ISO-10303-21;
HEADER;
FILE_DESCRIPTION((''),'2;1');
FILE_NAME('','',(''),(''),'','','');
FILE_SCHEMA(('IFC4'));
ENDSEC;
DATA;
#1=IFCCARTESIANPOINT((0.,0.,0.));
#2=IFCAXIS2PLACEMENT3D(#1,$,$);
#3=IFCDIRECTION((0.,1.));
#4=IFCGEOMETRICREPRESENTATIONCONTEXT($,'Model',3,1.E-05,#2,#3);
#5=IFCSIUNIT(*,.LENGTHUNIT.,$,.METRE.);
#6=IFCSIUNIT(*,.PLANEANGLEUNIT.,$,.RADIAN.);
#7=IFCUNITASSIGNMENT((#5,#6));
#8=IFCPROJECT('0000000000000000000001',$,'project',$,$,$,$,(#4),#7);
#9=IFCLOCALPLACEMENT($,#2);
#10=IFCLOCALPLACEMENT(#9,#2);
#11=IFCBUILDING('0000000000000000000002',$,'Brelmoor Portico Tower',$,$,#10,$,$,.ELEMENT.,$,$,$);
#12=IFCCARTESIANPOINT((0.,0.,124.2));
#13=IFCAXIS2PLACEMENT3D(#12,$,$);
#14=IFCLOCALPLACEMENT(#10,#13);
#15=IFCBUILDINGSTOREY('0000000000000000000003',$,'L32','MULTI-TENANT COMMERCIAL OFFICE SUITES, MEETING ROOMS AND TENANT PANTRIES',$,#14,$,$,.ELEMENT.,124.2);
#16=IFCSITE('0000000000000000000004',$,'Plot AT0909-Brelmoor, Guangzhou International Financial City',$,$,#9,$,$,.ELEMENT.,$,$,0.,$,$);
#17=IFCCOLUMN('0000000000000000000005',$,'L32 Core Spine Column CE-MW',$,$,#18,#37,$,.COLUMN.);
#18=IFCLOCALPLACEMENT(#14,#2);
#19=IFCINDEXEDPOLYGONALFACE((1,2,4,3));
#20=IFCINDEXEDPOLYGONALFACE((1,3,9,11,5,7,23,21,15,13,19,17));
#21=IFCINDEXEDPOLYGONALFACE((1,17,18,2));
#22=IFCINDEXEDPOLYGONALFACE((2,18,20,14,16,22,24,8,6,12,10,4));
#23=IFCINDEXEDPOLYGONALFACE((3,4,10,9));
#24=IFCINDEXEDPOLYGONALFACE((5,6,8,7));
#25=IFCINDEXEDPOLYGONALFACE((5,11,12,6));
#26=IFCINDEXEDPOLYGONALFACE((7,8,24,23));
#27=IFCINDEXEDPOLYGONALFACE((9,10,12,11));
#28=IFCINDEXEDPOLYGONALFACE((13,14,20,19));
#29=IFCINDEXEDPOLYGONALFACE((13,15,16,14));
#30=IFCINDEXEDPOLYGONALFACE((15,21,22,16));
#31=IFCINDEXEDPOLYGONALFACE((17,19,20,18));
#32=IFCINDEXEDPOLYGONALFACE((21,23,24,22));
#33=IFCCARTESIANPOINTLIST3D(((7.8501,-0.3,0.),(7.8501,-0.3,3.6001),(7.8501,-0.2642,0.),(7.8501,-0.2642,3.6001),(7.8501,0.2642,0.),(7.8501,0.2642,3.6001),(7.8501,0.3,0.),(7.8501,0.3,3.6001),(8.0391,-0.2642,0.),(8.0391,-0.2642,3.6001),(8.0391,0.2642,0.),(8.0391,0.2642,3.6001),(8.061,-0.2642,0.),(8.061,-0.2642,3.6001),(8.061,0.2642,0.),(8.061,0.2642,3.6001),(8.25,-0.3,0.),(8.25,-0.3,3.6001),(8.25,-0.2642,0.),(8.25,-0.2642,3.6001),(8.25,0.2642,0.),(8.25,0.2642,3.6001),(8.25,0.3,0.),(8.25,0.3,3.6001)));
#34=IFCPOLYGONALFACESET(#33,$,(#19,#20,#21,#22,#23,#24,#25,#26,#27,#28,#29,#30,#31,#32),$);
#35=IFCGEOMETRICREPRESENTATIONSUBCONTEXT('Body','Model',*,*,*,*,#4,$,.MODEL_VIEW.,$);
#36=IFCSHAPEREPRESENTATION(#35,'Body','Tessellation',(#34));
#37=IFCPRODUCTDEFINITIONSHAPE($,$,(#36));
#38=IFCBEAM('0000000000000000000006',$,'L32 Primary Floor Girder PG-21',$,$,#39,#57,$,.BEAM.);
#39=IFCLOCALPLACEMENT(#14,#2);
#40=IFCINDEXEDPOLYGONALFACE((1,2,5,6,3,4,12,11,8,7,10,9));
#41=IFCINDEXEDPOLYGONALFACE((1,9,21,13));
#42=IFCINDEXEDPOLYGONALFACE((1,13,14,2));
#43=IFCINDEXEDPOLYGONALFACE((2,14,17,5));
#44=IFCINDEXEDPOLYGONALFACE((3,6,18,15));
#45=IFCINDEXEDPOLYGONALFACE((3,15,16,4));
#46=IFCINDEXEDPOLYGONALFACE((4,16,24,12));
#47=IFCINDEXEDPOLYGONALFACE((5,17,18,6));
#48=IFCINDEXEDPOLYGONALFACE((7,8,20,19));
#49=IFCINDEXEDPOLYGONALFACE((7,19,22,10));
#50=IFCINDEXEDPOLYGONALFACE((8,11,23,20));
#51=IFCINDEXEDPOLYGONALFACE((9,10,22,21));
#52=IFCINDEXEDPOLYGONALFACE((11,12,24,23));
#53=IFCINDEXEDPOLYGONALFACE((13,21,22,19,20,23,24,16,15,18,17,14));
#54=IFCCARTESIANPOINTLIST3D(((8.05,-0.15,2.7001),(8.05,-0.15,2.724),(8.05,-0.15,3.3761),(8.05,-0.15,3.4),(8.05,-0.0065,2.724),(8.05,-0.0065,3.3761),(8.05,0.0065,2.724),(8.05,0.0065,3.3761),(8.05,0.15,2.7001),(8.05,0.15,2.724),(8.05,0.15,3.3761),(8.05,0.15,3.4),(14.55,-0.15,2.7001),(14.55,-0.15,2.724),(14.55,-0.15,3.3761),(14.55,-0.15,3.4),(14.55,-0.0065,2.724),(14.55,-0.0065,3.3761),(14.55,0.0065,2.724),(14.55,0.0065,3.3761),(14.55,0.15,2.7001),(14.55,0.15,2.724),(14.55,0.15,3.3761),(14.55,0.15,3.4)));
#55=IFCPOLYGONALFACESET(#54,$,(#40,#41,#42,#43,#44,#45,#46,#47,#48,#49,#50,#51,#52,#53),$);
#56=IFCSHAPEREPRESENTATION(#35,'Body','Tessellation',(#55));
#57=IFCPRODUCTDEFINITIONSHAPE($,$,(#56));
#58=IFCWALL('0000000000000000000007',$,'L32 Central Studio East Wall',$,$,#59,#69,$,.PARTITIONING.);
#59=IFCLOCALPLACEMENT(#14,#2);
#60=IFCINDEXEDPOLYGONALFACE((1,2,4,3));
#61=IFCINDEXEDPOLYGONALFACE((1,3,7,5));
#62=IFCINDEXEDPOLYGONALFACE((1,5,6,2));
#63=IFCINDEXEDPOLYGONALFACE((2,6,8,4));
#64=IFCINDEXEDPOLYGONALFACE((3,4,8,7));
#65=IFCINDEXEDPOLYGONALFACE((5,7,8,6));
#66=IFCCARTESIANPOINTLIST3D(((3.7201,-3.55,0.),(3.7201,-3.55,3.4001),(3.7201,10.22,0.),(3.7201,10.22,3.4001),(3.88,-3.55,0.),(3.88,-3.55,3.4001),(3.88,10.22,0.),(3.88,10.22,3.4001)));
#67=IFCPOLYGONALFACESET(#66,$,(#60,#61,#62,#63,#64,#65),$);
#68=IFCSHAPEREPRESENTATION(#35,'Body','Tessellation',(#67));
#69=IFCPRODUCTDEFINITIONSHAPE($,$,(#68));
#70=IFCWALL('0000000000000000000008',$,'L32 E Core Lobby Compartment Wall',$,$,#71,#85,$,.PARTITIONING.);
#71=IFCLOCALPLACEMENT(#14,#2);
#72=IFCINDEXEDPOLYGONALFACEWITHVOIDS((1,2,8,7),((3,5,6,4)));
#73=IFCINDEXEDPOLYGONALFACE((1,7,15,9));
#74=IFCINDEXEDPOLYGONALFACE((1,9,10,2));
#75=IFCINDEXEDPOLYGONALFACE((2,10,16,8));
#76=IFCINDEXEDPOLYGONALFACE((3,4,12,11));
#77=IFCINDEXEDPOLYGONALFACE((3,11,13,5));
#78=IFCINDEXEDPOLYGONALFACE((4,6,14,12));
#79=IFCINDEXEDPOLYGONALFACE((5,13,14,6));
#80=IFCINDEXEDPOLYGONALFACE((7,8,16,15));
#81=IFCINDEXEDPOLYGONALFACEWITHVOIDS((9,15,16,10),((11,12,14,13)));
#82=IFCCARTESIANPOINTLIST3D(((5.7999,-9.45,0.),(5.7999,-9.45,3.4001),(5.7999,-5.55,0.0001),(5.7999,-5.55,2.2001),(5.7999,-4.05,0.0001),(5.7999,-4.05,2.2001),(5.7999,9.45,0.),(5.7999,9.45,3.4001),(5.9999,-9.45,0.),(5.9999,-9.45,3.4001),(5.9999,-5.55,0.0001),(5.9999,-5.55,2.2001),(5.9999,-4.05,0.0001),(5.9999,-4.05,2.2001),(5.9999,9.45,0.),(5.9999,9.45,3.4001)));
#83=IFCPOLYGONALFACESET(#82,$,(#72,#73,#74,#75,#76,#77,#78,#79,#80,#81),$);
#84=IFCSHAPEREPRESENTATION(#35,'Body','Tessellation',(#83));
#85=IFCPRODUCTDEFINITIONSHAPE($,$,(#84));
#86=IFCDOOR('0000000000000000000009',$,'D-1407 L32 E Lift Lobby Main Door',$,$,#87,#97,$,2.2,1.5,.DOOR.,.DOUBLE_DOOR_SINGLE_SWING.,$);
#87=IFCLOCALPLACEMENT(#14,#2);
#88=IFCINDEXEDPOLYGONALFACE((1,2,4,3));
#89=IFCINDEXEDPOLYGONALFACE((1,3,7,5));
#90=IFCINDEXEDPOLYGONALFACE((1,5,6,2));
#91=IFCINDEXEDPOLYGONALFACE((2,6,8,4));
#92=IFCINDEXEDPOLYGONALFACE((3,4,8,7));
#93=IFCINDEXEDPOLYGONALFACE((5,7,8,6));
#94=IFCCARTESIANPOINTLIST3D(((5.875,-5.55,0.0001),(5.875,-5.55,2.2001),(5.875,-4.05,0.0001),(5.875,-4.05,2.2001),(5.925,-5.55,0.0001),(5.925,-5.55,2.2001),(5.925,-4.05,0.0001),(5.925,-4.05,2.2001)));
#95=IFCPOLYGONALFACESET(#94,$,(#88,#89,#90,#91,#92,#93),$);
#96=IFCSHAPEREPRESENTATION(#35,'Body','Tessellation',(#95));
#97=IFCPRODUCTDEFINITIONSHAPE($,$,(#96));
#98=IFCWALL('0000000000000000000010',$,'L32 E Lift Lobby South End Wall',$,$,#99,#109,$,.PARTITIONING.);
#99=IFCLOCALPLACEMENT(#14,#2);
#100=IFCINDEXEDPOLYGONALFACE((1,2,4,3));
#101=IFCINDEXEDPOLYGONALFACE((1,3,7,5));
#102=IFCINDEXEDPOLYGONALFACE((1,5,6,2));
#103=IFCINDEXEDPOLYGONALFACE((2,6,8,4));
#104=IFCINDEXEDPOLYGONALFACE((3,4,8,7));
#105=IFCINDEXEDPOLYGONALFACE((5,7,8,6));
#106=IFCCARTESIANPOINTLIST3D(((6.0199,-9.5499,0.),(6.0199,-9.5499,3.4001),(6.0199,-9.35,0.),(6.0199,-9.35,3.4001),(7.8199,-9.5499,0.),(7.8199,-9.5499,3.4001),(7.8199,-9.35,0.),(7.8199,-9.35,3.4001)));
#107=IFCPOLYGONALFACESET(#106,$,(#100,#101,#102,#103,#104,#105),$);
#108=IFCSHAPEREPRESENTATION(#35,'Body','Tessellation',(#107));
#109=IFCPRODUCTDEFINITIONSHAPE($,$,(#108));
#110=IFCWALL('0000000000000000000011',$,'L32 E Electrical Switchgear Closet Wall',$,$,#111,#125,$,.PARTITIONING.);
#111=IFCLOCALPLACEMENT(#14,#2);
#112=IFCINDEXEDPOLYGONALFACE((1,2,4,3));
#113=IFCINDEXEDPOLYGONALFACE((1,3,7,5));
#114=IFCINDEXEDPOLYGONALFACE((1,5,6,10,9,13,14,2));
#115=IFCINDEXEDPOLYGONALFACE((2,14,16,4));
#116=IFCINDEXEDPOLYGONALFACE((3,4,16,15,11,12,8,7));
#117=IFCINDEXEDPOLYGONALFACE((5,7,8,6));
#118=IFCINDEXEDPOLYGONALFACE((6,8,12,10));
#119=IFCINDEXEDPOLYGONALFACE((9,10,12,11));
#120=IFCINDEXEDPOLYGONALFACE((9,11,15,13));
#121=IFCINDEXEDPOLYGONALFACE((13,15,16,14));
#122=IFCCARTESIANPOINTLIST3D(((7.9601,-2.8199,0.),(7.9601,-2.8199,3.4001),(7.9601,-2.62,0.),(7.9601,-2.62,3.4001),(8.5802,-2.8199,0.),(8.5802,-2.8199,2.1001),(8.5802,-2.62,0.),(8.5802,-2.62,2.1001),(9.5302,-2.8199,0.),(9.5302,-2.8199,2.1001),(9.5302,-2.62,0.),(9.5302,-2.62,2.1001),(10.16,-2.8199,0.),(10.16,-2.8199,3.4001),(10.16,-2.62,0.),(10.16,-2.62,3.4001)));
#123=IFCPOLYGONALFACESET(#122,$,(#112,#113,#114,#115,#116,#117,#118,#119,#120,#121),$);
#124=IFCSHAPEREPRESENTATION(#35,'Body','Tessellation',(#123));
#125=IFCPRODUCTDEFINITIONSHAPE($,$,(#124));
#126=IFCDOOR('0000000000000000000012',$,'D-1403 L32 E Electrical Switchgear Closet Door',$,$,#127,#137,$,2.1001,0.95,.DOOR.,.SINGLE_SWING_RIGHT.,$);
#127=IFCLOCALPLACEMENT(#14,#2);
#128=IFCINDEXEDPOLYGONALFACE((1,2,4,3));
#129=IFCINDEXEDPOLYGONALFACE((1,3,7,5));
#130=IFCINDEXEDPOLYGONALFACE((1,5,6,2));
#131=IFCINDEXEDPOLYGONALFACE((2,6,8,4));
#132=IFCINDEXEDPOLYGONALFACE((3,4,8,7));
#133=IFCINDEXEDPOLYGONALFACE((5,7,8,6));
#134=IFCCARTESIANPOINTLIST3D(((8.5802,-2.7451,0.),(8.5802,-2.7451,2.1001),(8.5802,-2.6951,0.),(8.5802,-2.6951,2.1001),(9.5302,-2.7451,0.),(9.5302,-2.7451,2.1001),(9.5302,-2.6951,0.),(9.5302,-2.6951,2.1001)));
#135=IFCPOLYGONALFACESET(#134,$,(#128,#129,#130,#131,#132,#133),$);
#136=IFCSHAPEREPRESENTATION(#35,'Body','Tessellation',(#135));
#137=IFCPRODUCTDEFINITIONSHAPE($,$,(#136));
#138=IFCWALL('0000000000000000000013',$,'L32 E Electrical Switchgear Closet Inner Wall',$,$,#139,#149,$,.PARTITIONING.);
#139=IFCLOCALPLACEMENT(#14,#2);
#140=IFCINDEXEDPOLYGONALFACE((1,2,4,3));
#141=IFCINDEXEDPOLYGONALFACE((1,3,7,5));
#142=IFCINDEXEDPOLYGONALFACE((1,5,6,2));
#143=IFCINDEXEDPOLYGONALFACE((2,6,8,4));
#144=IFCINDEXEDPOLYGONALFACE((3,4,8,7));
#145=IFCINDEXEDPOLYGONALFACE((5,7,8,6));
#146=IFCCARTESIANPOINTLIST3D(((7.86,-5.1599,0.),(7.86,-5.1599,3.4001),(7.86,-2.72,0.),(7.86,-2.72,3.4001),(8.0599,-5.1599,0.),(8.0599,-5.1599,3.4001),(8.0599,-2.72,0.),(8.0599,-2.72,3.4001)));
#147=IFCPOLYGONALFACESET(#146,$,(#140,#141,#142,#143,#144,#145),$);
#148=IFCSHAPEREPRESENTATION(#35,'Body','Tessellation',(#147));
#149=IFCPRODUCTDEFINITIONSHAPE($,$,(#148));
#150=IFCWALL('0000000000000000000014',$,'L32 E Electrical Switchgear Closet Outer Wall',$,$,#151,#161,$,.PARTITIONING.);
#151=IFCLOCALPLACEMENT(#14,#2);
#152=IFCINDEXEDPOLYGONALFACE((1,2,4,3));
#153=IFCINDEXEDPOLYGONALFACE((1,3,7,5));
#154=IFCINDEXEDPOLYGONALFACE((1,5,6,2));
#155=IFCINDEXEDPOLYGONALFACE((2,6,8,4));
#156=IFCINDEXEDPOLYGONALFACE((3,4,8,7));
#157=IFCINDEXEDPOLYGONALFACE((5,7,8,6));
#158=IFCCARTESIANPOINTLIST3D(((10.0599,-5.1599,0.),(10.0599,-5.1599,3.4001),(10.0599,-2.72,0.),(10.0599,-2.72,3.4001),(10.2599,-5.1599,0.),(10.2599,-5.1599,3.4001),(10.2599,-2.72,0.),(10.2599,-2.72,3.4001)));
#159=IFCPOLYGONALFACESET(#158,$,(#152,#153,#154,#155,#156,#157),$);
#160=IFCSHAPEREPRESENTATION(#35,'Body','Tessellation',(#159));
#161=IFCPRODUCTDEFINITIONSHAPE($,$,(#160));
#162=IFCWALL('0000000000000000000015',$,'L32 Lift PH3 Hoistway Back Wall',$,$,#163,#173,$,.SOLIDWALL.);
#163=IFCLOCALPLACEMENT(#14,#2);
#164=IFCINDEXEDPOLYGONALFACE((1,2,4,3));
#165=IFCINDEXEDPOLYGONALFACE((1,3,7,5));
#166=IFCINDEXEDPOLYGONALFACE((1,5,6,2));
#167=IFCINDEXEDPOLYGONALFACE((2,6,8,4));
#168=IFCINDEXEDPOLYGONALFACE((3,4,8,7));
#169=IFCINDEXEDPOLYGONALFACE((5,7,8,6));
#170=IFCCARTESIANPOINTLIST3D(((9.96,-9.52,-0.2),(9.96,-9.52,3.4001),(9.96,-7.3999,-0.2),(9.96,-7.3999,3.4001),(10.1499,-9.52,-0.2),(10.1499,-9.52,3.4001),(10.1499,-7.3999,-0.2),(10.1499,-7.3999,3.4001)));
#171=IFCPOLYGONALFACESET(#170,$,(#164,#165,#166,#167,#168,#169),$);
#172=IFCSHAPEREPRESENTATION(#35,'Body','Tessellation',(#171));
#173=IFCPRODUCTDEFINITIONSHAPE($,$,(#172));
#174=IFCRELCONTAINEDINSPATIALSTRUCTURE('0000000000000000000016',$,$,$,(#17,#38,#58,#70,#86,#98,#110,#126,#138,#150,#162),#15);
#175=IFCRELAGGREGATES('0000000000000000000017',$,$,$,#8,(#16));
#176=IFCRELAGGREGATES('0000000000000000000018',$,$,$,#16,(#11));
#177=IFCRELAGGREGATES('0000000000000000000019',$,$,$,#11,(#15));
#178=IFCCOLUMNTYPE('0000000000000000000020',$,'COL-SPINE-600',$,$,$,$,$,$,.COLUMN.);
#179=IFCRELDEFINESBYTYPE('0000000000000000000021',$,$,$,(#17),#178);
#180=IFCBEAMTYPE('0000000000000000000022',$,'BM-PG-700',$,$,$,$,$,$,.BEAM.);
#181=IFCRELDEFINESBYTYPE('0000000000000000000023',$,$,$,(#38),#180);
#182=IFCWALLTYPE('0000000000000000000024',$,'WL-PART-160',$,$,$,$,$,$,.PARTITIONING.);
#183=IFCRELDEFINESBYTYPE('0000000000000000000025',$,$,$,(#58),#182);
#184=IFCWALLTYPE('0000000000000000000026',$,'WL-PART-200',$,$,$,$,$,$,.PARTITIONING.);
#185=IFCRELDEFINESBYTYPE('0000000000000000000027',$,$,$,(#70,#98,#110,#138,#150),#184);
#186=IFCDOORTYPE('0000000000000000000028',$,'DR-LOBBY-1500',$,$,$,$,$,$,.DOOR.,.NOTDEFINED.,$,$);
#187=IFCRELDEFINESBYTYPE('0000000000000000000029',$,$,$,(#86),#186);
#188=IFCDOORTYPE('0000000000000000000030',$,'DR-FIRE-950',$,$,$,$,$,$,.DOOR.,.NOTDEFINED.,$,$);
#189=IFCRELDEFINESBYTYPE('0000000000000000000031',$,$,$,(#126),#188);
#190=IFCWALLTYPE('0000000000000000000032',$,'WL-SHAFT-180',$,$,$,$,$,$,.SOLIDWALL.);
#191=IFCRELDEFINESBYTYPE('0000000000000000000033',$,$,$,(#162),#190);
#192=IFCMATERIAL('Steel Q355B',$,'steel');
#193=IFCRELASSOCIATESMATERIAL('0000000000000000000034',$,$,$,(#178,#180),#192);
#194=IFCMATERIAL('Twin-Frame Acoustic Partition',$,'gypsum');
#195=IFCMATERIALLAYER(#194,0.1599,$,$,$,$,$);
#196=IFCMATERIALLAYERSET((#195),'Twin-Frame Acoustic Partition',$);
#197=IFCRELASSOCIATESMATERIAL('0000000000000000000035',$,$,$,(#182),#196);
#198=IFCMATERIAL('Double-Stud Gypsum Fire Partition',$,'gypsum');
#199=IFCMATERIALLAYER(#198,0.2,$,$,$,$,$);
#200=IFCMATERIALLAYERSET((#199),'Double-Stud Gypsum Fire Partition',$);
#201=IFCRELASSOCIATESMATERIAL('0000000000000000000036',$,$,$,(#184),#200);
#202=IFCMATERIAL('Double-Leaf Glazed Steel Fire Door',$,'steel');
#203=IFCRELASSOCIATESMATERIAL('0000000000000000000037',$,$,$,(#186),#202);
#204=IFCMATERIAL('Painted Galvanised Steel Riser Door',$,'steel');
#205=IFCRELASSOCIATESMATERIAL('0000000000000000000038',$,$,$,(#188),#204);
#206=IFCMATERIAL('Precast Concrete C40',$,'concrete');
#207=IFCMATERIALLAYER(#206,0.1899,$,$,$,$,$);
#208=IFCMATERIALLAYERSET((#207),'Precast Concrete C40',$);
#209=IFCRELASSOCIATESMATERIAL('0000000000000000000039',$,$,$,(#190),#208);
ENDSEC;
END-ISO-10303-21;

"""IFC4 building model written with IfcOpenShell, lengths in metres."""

from ifc_helpers import new_model, si_unit, direction, frame, frame_2d, origin, origin_2d, place, context, subcontext, project, spatial, rectangle, i_section, extrude, material, layer, layer_set, material_profile, profile_set, type_object, element, fill, save


model = new_model("IFC4")

# Units and contexts
model_context = context("Model", 3, precision=1e-05, world=origin(), true_north=direction((0.0, 1.0)))
body_context = subcontext(model_context, "Body", "Model", "MODEL_VIEW")
ifc_project = project(units=[si_unit("LENGTHUNIT", "METRE"), si_unit("PLANEANGLEUNIT", "RADIAN")], contexts=[model_context])

# Site, building, storey
site_placement = place(None, origin())
site = spatial("IfcSite", under=ifc_project, at=site_placement, Name="Plot AT0909-Brelmoor, Guangzhou International Financial City", CompositionType="ELEMENT", RefElevation=0.0)
building_placement = place(site_placement, origin())
building = spatial("IfcBuilding", under=site, at=building_placement, Name="Brelmoor Portico Tower", CompositionType="ELEMENT")
storey_placement = place(building_placement, frame((0.0, 0.0, 124.2)))
storey = spatial("IfcBuildingStorey", under=building, at=storey_placement, Name="L32", Description="MULTI-TENANT COMMERCIAL OFFICE SUITES, MEETING ROOMS AND TENANT PANTRIES", CompositionType="ELEMENT", Elevation=124.2)

# Column
ifc_material_1 = material(Name="Steel Q355B", Category="steel")
ifc_material_profile_1 = material_profile(ifc_material_1, i_section(OverallWidth=0.3999, OverallDepth=0.6001, WebThickness=0.022, FlangeThickness=0.0359, at=origin_2d()), Name="HW 600x400x22x36")
ifc_profile_set_1 = profile_set([ifc_material_profile_1], Name="Steel Q355B")
column_type = type_object("IfcColumnType", Name="COL-SPINE-600", PredefinedType="COLUMN", material=ifc_profile_set_1)
column_placement = place(storey_placement, frame((8.05, 0.0, 0.0), z_axis=(0.0, 0.0, 1.0), x_axis=(1.0, 0.0, 0.0)))
element("IfcColumn", 1, at=column_placement, inside=storey, type_object=column_type, Name="L32 Core Spine Column CE-MW", PredefinedType="COLUMN", context=body_context, shape_type="SweptSolid", body=[
    extrude(i_section(OverallWidth=0.3999, OverallDepth=0.6001, WebThickness=0.022, FlangeThickness=0.0359, at=origin_2d()), origin(), (0.0, 0.0, 1.0), 3.6001),
])

# Beam
ifc_material_profile_2 = material_profile(ifc_material_1, i_section(OverallWidth=0.3, OverallDepth=0.7, WebThickness=0.0129, FlangeThickness=0.0239, at=origin_2d()), Name="HN 700x300x13x24")
ifc_profile_set_2 = profile_set([ifc_material_profile_2], Name="Steel Q355B")
beam_type = type_object("IfcBeamType", Name="BM-PG-700", PredefinedType="BEAM", material=ifc_profile_set_2)
beam_placement = place(storey_placement, frame((8.05, 0.0, 3.05), z_axis=(1.0, 0.0, 0.0), x_axis=(0.0, 1.0, 0.0)))
element("IfcBeam", 2, at=beam_placement, inside=storey, type_object=beam_type, Name="L32 Primary Floor Girder PG-21", PredefinedType="BEAM", context=body_context, shape_type="SweptSolid", body=[
    extrude(i_section(OverallWidth=0.3, OverallDepth=0.7, WebThickness=0.0129, FlangeThickness=0.0239, at=origin_2d()), origin(), (0.0, 0.0, 1.0), 6.5),
])

# Shared definitions
ifc_material_2 = material(Name="Twin-Frame Acoustic Partition", Category="gypsum")
ifc_layer_1 = layer(ifc_material_2, 0.1599)
ifc_layer_set_1 = layer_set([ifc_layer_1], Name="Twin-Frame Acoustic Partition")
wall_type_1 = type_object("IfcWallType", Name="WL-PART-160", PredefinedType="PARTITIONING", material=ifc_layer_set_1)

# Wall
wall_1_placement = place(storey_placement, frame((3.8, -3.55, 0.0), z_axis=(0.0, 0.0, 1.0), x_axis=(0.0, 1.0, 0.0)))
element("IfcWall", 3, at=wall_1_placement, inside=storey, type_object=wall_type_1, Name="L32 Central Studio East Wall", PredefinedType="PARTITIONING", context=body_context, shape_type="SweptSolid", body=[
    extrude(rectangle(XDim=13.77, YDim=0.1599, at=frame_2d((6.885, 0.0))), origin(), (0.0, 0.0, 1.0), 3.4001),
])

# Wall, opening, door
ifc_material_3 = material(Name="Double-Stud Gypsum Fire Partition", Category="gypsum")
ifc_layer_2 = layer(ifc_material_3, 0.2)
ifc_layer_set_2 = layer_set([ifc_layer_2], Name="Double-Stud Gypsum Fire Partition")
wall_type_2 = type_object("IfcWallType", Name="WL-PART-200", PredefinedType="PARTITIONING", material=ifc_layer_set_2)
wall_2_placement = place(storey_placement, frame((5.8999, -9.45, 0.0), z_axis=(0.0, 0.0, 1.0), x_axis=(0.0, 1.0, 0.0)))
wall_2 = element("IfcWall", 4, at=wall_2_placement, inside=storey, type_object=wall_type_2, Name="L32 E Core Lobby Compartment Wall", PredefinedType="PARTITIONING", context=body_context, shape_type="SweptSolid", body=[
    extrude(rectangle(XDim=18.8999, YDim=0.2, at=frame_2d((9.45, 0.0))), origin(), (0.0, 0.0, 1.0), 3.4001),
])
opening_1_placement = place(wall_2_placement, frame((3.8999, 0.0, 0.0)))
opening_1 = element("IfcOpeningElement", 5, at=opening_1_placement, cuts=wall_2, PredefinedType="OPENING", context=body_context, shape_type="SweptSolid", body=[
    extrude(rectangle(XDim=1.5, YDim=2.2, at=frame_2d((0.75, 1.1001))), frame((0.0, 0.1099, 0.0), z_axis=(0.0, -1.0, 0.0), x_axis=(1.0, 0.0, 0.0)), (0.0, 0.0, 1.0), 0.22),
])
ifc_material_4 = material(Name="Double-Leaf Glazed Steel Fire Door", Category="steel")
door_type_1 = type_object("IfcDoorType", Name="DR-LOBBY-1500", OperationType="NOTDEFINED", PredefinedType="DOOR", material=ifc_material_4)
door_1_placement = place(opening_1_placement, origin())
door_1 = element("IfcDoor", 6, at=door_1_placement, inside=storey, type_object=door_type_1, Name="D-1407 L32 E Lift Lobby Main Door", OperationType="DOUBLE_DOOR_SINGLE_SWING", OverallHeight=2.2, OverallWidth=1.5, PredefinedType="DOOR", context=body_context, shape_type="SweptSolid", body=[
    extrude(rectangle(XDim=1.5, YDim=2.2, at=frame_2d((0.75, 1.1001))), frame((0.0, 0.0249, 0.0), z_axis=(0.0, -1.0, 0.0), x_axis=(1.0, 0.0, 0.0)), (0.0, 0.0, 1.0), 0.05),
])
fill(opening_1, door_1)

# Wall
wall_3_placement = place(storey_placement, frame((6.02, -9.45, 0.0), z_axis=(0.0, 0.0, 1.0), x_axis=(1.0, 0.0, 0.0)))
element("IfcWall", 7, at=wall_3_placement, inside=storey, type_object=wall_type_2, Name="L32 E Lift Lobby South End Wall", PredefinedType="PARTITIONING", context=body_context, shape_type="SweptSolid", body=[
    extrude(rectangle(XDim=1.8, YDim=0.2, at=frame_2d((0.8999, 0.0))), origin(), (0.0, 0.0, 1.0), 3.4001),
])

# Wall, opening, door
wall_4_placement = place(storey_placement, frame((7.96, -2.72, 0.0), z_axis=(0.0, 0.0, 1.0), x_axis=(1.0, 0.0, 0.0)))
wall_4 = element("IfcWall", 8, at=wall_4_placement, inside=storey, type_object=wall_type_2, Name="L32 E Electrical Switchgear Closet Wall", PredefinedType="PARTITIONING", context=body_context, shape_type="SweptSolid", body=[
    extrude(rectangle(XDim=2.2, YDim=0.2, at=frame_2d((1.1001, 0.0))), origin(), (0.0, 0.0, 1.0), 3.4001),
])
opening_2_placement = place(wall_4_placement, frame((0.6201, 0.0, 0.0)))
opening_2 = element("IfcOpeningElement", 9, at=opening_2_placement, cuts=wall_4, PredefinedType="OPENING", context=body_context, shape_type="SweptSolid", body=[
    extrude(rectangle(XDim=0.95, YDim=2.1001, at=frame_2d((0.4751, 1.05))), frame((0.0, 0.1099, 0.0), z_axis=(0.0, -1.0, 0.0), x_axis=(1.0, 0.0, 0.0)), (0.0, 0.0, 1.0), 0.22),
])
ifc_material_5 = material(Name="Painted Galvanised Steel Riser Door", Category="steel")
door_type_2 = type_object("IfcDoorType", Name="DR-FIRE-950", OperationType="NOTDEFINED", PredefinedType="DOOR", material=ifc_material_5)
door_2_placement = place(opening_2_placement, origin())
door_2 = element("IfcDoor", 10, at=door_2_placement, inside=storey, type_object=door_type_2, Name="D-1403 L32 E Electrical Switchgear Closet Door", OperationType="SINGLE_SWING_RIGHT", OverallHeight=2.1001, OverallWidth=0.95, PredefinedType="DOOR", context=body_context, shape_type="SweptSolid", body=[
    extrude(rectangle(XDim=0.95, YDim=2.1001, at=frame_2d((0.4751, 1.05))), frame((0.0, 0.0249, 0.0), z_axis=(0.0, -1.0, 0.0), x_axis=(1.0, 0.0, 0.0)), (0.0, 0.0, 1.0), 0.05),
])
fill(opening_2, door_2)

# Walls
for number, where, z_axis, x_axis, name in (
    (11, (7.96, -5.1599, 0.0), (0.0, 0.0, 1.0), (0.0, 1.0, 0.0), "L32 E Electrical Switchgear Closet Inner Wall"),
    (12, (10.1599, -5.1599, 0.0), (0.0, 0.0, 1.0), (0.0, 1.0, 0.0), "L32 E Electrical Switchgear Closet Outer Wall"),
):
    element("IfcWall", number, at=place(storey_placement, frame(where, z_axis=z_axis, x_axis=x_axis)), inside=storey, type_object=wall_type_2, Name=name, PredefinedType="PARTITIONING", context=body_context, shape_type="SweptSolid", body=[
        extrude(rectangle(XDim=2.4399, YDim=0.2, at=frame_2d((1.22, 0.0))), origin(), (0.0, 0.0, 1.0), 3.4001),
    ])
ifc_material_6 = material(Name="Precast Concrete C40", Category="concrete")
ifc_layer_3 = layer(ifc_material_6, 0.1899)
ifc_layer_set_3 = layer_set([ifc_layer_3], Name="Precast Concrete C40")
wall_type_3 = type_object("IfcWallType", Name="WL-SHAFT-180", PredefinedType="SOLIDWALL", material=ifc_layer_set_3)
wall_5_placement = place(storey_placement, frame((10.0549, -9.52, -0.2), z_axis=(0.0, 0.0, 1.0), x_axis=(0.0, 1.0, 0.0)))
element("IfcWall", 13, at=wall_5_placement, inside=storey, type_object=wall_type_3, Name="L32 Lift PH3 Hoistway Back Wall", PredefinedType="SOLIDWALL", context=body_context, shape_type="SweptSolid", body=[
    extrude(rectangle(XDim=2.1201, YDim=0.1899, at=frame_2d((1.0601, 0.0))), origin(), (0.0, 0.0, 1.0), 3.6001),
])

save(model, "model.ifc")
